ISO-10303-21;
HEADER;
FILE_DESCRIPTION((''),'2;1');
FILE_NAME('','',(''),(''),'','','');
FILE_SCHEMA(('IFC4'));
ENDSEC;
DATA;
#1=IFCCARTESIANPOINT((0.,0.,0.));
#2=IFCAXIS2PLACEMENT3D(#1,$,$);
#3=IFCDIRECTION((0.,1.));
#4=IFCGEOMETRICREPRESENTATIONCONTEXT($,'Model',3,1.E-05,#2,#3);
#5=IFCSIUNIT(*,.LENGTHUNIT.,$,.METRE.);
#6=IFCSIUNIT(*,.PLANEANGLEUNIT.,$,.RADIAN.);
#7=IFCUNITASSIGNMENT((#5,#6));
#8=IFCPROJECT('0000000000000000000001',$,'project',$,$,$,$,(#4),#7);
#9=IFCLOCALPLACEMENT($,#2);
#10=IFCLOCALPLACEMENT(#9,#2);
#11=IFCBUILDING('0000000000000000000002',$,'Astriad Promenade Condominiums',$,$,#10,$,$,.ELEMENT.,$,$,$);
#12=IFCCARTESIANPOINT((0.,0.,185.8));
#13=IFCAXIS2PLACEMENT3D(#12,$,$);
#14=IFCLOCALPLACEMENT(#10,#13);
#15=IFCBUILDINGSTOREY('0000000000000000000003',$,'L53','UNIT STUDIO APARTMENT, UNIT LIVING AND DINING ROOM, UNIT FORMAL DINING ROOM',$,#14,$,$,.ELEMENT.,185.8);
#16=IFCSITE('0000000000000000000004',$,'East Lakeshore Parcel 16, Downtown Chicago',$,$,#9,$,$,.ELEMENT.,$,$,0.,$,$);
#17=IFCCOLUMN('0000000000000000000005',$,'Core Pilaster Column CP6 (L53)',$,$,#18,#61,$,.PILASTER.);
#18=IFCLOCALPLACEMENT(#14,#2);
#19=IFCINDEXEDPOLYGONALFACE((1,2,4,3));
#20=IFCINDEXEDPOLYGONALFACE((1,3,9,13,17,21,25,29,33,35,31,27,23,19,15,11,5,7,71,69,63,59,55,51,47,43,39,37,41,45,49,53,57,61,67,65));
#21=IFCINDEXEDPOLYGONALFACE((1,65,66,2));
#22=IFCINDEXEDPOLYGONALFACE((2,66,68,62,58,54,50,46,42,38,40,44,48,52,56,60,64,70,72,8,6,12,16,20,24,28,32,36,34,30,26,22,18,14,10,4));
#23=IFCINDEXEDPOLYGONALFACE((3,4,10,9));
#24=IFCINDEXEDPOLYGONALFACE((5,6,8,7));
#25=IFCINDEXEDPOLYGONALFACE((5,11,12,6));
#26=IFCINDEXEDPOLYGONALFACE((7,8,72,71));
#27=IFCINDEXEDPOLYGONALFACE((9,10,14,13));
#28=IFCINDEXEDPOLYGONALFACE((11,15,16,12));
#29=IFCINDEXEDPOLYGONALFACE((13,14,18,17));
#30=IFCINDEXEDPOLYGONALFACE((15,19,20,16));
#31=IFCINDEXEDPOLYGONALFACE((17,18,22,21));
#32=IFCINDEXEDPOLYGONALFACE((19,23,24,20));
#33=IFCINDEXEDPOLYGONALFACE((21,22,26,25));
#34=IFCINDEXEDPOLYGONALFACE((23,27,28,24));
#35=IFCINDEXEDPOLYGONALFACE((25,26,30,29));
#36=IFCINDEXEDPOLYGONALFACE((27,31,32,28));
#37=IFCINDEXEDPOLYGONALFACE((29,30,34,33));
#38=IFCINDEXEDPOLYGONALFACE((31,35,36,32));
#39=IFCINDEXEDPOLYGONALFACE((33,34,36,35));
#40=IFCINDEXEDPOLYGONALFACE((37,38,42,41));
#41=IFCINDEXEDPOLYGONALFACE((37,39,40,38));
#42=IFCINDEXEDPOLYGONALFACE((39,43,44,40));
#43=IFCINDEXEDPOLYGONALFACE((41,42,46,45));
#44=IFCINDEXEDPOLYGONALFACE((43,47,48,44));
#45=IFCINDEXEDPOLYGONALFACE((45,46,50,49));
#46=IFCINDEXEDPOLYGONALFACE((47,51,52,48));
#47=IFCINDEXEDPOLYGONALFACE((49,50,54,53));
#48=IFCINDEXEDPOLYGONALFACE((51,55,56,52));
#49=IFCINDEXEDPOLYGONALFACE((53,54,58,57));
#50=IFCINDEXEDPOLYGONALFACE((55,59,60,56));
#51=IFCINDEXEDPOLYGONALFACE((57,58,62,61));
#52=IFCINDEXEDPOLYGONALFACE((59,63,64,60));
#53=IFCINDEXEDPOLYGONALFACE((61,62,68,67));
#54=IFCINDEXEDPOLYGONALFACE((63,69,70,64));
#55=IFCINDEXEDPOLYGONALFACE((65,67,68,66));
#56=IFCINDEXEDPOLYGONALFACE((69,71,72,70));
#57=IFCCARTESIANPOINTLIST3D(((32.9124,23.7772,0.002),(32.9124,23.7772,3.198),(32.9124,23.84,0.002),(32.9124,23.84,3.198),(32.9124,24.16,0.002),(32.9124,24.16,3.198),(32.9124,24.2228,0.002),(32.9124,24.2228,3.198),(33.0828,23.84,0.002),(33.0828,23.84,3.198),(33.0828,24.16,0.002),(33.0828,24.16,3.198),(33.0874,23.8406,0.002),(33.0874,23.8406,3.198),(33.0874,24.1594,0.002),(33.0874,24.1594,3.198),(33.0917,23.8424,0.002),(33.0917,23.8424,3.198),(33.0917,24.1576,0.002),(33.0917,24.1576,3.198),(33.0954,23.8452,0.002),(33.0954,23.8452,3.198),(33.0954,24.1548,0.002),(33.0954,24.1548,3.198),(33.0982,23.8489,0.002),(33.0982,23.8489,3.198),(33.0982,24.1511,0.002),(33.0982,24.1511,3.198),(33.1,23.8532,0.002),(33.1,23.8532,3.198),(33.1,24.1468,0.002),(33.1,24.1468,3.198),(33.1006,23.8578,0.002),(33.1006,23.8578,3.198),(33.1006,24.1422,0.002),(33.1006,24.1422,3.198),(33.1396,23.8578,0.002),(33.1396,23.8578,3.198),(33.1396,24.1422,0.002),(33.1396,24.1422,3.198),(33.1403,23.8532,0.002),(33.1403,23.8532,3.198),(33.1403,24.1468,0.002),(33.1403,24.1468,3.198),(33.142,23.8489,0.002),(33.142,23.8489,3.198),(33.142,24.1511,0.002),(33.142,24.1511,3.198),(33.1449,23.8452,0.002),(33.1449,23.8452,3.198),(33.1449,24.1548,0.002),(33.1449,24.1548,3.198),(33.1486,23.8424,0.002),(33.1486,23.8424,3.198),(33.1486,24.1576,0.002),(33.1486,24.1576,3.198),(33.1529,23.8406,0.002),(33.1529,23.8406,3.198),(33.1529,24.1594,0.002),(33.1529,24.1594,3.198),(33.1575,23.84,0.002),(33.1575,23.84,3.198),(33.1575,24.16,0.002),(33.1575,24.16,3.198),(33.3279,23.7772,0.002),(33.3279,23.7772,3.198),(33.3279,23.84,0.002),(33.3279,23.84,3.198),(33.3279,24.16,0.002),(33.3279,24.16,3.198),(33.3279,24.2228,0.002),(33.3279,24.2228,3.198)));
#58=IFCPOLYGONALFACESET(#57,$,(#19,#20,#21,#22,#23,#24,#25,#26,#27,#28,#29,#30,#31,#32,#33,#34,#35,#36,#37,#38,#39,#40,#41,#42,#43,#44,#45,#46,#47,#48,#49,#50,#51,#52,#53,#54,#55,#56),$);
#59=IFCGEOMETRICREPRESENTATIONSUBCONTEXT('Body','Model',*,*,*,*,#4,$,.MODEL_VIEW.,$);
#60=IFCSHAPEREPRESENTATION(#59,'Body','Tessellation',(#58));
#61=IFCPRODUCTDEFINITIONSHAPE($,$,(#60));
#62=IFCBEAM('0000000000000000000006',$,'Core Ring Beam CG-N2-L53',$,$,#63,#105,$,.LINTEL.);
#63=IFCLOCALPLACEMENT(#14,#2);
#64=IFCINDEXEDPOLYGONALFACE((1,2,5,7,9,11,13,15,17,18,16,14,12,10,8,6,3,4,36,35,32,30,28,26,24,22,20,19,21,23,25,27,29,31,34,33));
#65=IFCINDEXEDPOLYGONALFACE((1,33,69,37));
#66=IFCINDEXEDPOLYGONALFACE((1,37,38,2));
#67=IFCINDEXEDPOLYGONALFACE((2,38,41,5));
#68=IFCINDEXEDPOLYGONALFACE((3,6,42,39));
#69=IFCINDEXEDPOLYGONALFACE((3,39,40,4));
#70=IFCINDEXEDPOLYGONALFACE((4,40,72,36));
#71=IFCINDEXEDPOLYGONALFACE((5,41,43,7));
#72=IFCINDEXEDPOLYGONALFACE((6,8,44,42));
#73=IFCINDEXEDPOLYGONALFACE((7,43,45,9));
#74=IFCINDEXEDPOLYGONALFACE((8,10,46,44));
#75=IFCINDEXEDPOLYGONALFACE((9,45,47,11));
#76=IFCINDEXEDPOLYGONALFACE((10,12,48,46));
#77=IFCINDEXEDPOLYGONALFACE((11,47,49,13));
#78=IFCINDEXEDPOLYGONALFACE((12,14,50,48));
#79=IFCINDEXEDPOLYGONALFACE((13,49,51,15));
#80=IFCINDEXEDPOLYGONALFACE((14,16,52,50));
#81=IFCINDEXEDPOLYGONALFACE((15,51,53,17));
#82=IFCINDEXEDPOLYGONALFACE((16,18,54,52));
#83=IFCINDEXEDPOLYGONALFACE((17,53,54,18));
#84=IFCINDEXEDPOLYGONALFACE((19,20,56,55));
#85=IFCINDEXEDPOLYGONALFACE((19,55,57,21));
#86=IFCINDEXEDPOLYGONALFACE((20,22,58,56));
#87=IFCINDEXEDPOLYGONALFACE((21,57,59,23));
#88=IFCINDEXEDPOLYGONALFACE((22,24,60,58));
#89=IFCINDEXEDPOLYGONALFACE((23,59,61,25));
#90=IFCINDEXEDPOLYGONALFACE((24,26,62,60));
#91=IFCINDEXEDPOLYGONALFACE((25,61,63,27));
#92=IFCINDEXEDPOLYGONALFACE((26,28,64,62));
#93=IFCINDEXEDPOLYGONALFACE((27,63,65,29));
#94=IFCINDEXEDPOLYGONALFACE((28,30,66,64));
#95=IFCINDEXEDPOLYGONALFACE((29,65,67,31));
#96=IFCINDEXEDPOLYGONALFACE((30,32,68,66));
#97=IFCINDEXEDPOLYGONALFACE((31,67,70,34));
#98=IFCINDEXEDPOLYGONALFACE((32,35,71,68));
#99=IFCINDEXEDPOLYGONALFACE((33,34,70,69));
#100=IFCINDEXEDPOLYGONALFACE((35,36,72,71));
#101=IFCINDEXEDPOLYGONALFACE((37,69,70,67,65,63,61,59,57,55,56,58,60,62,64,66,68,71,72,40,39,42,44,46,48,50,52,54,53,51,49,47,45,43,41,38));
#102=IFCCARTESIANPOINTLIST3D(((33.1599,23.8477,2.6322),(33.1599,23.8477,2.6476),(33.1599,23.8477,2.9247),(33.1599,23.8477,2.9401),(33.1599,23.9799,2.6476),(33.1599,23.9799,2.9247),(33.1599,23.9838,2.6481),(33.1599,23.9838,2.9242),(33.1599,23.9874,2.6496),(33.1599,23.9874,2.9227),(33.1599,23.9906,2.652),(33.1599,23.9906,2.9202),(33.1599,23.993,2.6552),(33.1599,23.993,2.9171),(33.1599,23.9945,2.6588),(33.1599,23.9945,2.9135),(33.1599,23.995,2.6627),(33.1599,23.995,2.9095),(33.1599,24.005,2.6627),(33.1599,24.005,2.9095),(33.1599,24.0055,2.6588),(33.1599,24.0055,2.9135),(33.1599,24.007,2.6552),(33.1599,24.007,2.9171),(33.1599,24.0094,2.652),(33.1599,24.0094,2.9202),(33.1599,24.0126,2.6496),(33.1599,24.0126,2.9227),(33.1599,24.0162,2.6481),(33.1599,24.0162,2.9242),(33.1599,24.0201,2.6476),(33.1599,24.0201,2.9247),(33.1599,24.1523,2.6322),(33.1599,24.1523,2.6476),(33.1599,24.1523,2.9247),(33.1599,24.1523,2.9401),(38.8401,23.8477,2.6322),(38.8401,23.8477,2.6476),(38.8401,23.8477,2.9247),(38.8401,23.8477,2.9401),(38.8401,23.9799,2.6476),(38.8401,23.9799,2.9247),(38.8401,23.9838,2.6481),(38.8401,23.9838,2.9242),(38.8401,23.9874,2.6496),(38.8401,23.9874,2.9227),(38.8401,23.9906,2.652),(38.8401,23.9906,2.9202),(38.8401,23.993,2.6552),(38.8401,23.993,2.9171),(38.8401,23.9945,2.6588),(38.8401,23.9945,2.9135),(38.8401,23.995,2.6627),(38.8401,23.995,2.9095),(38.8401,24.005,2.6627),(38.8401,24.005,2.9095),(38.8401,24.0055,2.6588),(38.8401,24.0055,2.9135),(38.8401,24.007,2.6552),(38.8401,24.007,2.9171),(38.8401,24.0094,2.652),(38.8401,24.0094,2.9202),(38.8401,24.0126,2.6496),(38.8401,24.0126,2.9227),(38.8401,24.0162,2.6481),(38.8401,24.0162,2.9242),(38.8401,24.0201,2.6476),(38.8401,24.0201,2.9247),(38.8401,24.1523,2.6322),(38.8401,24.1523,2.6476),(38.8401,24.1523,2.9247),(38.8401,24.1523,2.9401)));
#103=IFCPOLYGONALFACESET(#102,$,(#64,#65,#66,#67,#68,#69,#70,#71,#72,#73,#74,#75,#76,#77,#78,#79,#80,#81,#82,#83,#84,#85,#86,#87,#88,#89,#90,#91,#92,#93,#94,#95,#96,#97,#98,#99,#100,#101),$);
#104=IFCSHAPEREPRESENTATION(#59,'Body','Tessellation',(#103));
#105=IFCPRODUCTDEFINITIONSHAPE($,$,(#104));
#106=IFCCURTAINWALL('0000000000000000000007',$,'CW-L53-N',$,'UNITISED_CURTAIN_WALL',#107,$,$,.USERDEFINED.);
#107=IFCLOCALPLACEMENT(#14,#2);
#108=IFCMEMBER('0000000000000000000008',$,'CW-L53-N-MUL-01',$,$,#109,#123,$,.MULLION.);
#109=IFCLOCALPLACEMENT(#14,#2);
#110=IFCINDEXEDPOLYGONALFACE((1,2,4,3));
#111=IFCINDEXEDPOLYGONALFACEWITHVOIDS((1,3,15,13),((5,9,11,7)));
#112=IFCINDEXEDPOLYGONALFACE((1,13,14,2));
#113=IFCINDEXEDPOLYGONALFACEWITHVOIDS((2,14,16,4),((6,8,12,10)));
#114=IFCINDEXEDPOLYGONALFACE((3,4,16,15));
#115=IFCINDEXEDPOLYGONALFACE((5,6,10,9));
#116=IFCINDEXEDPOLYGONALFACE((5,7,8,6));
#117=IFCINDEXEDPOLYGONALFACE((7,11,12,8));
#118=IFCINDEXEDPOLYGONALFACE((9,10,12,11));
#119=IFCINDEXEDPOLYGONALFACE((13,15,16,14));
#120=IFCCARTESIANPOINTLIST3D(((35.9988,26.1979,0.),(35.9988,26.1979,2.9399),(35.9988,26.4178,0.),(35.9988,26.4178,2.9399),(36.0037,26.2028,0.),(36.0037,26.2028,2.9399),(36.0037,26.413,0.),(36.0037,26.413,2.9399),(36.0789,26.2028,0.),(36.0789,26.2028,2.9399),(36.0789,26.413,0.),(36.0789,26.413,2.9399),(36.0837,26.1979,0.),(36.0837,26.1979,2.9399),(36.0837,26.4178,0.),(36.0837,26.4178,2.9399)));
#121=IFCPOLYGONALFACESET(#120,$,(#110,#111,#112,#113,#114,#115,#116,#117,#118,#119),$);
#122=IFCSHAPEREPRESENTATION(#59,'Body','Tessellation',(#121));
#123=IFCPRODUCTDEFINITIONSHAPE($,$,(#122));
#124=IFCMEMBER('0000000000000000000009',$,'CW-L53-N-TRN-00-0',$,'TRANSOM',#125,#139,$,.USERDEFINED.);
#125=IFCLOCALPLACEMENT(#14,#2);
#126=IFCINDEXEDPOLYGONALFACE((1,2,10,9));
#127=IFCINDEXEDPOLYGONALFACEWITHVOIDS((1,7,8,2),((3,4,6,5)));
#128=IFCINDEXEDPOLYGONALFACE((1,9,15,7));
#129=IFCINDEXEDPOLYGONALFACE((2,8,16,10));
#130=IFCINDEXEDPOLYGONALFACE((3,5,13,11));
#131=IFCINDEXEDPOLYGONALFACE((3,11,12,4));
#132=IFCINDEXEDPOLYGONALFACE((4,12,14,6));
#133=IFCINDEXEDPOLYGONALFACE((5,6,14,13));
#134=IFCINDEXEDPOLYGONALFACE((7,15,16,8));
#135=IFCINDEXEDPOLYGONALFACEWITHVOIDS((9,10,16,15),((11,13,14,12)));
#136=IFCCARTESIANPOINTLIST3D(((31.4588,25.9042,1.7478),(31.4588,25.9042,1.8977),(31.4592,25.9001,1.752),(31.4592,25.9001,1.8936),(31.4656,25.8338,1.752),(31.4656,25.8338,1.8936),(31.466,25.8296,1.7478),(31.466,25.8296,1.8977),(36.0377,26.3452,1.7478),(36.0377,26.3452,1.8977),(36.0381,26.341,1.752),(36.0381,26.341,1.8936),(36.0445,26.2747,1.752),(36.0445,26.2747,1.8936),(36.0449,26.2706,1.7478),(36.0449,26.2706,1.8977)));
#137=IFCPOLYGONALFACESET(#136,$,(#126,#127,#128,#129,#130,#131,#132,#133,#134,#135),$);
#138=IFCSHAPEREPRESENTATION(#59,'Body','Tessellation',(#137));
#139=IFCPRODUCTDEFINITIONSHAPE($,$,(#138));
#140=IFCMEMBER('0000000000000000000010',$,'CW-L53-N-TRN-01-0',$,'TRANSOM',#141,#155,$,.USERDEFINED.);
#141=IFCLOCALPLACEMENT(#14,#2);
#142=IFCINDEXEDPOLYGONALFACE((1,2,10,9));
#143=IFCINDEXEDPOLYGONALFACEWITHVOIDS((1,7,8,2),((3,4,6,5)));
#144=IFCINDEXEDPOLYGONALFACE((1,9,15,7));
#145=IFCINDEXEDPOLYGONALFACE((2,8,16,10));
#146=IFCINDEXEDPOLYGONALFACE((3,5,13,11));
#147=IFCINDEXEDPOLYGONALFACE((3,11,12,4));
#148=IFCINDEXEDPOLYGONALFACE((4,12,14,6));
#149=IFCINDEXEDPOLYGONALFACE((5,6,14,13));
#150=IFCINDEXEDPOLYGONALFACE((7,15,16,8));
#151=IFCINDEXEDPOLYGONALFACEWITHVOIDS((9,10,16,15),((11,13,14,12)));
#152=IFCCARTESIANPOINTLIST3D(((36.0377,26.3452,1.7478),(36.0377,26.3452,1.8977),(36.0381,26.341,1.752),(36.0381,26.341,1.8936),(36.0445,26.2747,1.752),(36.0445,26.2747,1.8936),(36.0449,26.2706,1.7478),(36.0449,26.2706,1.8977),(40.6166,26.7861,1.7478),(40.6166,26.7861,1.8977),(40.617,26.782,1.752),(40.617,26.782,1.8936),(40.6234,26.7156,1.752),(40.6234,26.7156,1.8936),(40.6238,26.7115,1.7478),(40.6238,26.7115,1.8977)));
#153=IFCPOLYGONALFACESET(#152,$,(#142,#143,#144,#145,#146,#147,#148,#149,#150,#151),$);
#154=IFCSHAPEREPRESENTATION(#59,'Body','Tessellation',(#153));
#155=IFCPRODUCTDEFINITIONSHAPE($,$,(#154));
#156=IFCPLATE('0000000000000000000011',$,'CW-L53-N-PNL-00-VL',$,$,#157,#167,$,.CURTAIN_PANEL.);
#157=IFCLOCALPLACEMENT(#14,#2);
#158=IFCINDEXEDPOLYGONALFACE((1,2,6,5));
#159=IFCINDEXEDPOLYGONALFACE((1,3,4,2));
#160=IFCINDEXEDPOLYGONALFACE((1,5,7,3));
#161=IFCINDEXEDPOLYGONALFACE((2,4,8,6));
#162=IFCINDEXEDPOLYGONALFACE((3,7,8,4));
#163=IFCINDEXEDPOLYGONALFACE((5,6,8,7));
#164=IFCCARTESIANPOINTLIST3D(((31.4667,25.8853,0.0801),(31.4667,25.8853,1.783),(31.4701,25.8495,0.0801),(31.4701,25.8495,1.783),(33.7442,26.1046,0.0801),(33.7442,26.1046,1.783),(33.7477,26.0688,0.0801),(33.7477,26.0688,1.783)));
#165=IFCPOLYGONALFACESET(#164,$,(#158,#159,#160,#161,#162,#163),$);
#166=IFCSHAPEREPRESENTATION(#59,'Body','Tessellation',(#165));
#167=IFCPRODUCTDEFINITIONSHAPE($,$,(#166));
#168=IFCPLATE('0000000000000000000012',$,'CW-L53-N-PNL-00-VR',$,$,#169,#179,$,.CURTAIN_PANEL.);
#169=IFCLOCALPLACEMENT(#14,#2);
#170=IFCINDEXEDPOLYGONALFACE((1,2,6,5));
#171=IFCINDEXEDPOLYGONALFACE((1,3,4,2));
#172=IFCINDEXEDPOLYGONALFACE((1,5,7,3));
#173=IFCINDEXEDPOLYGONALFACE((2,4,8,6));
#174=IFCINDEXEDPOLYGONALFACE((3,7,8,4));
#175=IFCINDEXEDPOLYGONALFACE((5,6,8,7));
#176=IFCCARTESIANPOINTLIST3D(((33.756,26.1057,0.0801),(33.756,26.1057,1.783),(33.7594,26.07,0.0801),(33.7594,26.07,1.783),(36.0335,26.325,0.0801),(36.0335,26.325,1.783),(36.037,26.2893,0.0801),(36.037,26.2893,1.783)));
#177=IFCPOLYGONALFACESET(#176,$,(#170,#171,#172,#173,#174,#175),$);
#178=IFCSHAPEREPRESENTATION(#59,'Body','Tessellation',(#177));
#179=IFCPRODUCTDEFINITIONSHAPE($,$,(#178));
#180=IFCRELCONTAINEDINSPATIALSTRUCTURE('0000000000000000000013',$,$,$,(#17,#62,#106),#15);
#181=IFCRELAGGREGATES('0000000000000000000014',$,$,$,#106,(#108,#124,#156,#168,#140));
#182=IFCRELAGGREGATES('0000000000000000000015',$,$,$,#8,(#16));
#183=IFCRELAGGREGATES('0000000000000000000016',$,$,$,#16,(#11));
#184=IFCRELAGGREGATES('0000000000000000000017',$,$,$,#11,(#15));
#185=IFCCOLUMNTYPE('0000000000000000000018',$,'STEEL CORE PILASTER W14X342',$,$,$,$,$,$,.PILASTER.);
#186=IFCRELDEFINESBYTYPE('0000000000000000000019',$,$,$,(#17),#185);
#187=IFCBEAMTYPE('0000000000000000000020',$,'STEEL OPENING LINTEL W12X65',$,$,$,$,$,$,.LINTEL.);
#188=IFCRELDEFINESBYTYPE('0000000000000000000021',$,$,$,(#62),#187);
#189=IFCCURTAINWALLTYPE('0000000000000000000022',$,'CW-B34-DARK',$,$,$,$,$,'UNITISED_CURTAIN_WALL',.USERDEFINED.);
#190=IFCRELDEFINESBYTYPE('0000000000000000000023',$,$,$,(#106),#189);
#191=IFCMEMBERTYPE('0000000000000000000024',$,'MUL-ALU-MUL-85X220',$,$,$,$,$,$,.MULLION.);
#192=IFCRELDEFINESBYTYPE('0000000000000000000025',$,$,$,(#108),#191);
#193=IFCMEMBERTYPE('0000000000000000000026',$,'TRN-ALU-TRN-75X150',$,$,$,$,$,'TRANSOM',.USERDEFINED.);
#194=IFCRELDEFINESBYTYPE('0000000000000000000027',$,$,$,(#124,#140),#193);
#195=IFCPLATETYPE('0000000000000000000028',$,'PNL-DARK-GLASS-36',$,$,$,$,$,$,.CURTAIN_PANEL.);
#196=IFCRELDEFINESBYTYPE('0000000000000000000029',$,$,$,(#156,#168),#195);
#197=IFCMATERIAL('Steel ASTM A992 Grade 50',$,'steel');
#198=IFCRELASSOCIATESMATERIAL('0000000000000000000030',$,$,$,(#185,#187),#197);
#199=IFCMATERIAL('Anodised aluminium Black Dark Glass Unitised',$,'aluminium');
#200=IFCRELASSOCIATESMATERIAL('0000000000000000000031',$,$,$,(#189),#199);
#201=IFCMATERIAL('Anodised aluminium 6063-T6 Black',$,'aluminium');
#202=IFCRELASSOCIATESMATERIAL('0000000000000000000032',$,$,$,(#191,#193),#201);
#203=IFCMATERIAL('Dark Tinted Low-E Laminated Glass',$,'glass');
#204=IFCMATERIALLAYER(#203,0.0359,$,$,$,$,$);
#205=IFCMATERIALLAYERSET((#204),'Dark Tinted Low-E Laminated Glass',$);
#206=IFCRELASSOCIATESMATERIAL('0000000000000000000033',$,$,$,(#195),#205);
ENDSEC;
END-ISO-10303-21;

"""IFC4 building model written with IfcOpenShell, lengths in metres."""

from ifc_helpers import new_model, si_unit, direction, frame, origin, origin_2d, place, context, subcontext, project, spatial, rectangle, hollow_rectangle, i_section, extrude, source, transform, mapped, material, layer, layer_set, material_profile, profile_set, type_object, type_shapes, element, aggregate, save


model = new_model("IFC4")

# Units and contexts
model_context = context("Model", 3, precision=1e-05, world=origin(), true_north=direction((0.0, 1.0)))
body_context = subcontext(model_context, "Body", "Model", "MODEL_VIEW")
ifc_project = project(units=[si_unit("LENGTHUNIT", "METRE"), si_unit("PLANEANGLEUNIT", "RADIAN")], contexts=[model_context])

# Site, building, storey
site_placement = place(None, origin())
site = spatial("IfcSite", under=ifc_project, at=site_placement, Name="East Lakeshore Parcel 16, Downtown Chicago", CompositionType="ELEMENT", RefElevation=0.0)
building_placement = place(site_placement, origin())
building = spatial("IfcBuilding", under=site, at=building_placement, Name="Astriad Promenade Condominiums", CompositionType="ELEMENT")
storey_placement = place(building_placement, frame((0.0, 0.0, 185.8)))
storey = spatial("IfcBuildingStorey", under=building, at=storey_placement, Name="L53", Description="UNIT STUDIO APARTMENT, UNIT LIVING AND DINING ROOM, UNIT FORMAL DINING ROOM", CompositionType="ELEMENT", Elevation=185.8)

# Column
ifc_material_1 = material(Name="Steel ASTM A992 Grade 50", Category="steel")
ifc_material_profile_1 = material_profile(ifc_material_1, i_section(OverallWidth=0.4155, OverallDepth=0.4456, WebThickness=0.0391, FlangeThickness=0.0627, FilletRadius=0.0178, at=origin_2d()), Name="W14X342")
ifc_profile_set_1 = profile_set([ifc_material_profile_1], Name="Steel ASTM A992 Grade 50")
column_type = type_object("IfcColumnType", Name="STEEL CORE PILASTER W14X342", PredefinedType="PILASTER", material=ifc_profile_set_1)
shared_shape_1 = source(origin(), body_context, "Body", "SweptSolid", [
    extrude(i_section(OverallWidth=0.4155, OverallDepth=0.4456, WebThickness=0.0391, FlangeThickness=0.0627, FilletRadius=0.0178, at=origin_2d()), origin(), (0.0, 0.0, 1.0), 3.196),
])
type_shapes(column_type, [shared_shape_1])
column_placement = place(storey_placement, frame((33.1201, 24.0, 0.002), z_axis=(0.0, 0.0, 1.0), x_axis=(1.0, 0.0, 0.0)))
element("IfcColumn", 1, at=column_placement, inside=storey, type_object=column_type, Name="Core Pilaster Column CP6 (L53)", PredefinedType="PILASTER", context=body_context, shape_type="MappedRepresentation", body=[
    mapped(shared_shape_1, transform((0.0, 0.0, 0.0), scale=1.0)),
])

# Beam
ifc_material_profile_2 = material_profile(ifc_material_1, i_section(OverallWidth=0.3047, OverallDepth=0.3079, WebThickness=0.01, FlangeThickness=0.0154, FilletRadius=0.0151, at=origin_2d()), Name="W12X65")
ifc_profile_set_2 = profile_set([ifc_material_profile_2], Name="Steel ASTM A992 Grade 50")
beam_type = type_object("IfcBeamType", Name="STEEL OPENING LINTEL W12X65", PredefinedType="LINTEL", material=ifc_profile_set_2)
shared_shape_2 = source(origin(), body_context, "Body", "SweptSolid", [
    extrude(i_section(OverallWidth=0.3047, OverallDepth=0.3079, WebThickness=0.01, FlangeThickness=0.0154, FilletRadius=0.0151, at=origin_2d()), origin(), (0.0, 0.0, 1.0), 5.6802),
])
type_shapes(beam_type, [shared_shape_2])
beam_placement = place(storey_placement, frame((33.1599, 24.0, 2.7861), z_axis=(1.0, 0.0, 0.0), x_axis=(0.0, 1.0, 0.0)))
element("IfcBeam", 2, at=beam_placement, inside=storey, type_object=beam_type, Name="Core Ring Beam CG-N2-L53", PredefinedType="LINTEL", context=body_context, shape_type="MappedRepresentation", body=[
    mapped(shared_shape_2, transform((0.0, 0.0, 0.0), scale=1.0)),
])

# Curtain wall, members, plates
ifc_material_2 = material(Name="Anodised aluminium Black Dark Glass Unitised", Category="aluminium")
curtain_wall_type = type_object("IfcCurtainWallType", Name="CW-B34-DARK", ElementType="UNITISED_CURTAIN_WALL", PredefinedType="USERDEFINED", material=ifc_material_2)
curtain_wall_placement = place(storey_placement, origin())
curtain_wall = element("IfcCurtainWall", 3, at=curtain_wall_placement, inside=storey, type_object=curtain_wall_type, Name="CW-L53-N", ObjectType="UNITISED_CURTAIN_WALL", PredefinedType="USERDEFINED")
ifc_material_3 = material(Name="Anodised aluminium 6063-T6 Black", Category="aluminium")
ifc_material_profile_3 = material_profile(ifc_material_3, hollow_rectangle(XDim=0.085, YDim=0.22, WallThickness=0.0049, at=origin_2d()), Name="ALU-MUL-85X220")
ifc_profile_set_3 = profile_set([ifc_material_profile_3], Name="Anodised aluminium 6063-T6 Black")
member_type_1 = type_object("IfcMemberType", Name="MUL-ALU-MUL-85X220", PredefinedType="MULLION", material=ifc_profile_set_3)
shared_shape_3 = source(origin(), body_context, "Body", "SweptSolid", [
    extrude(hollow_rectangle(XDim=0.085, YDim=0.22, WallThickness=0.0049, at=origin_2d()), origin(), (0.0, 0.0, 1.0), 2.9399),
])
type_shapes(member_type_1, [shared_shape_3])
member_1_placement = place(storey_placement, frame((36.0413, 26.3079, 0.0), z_axis=(0.0, 0.0, 1.0), x_axis=(1.0, 0.0, 0.0)))
member_1 = element("IfcMember", 4, at=member_1_placement, type_object=member_type_1, Name="CW-L53-N-MUL-01", PredefinedType="MULLION", context=body_context, shape_type="MappedRepresentation", body=[
    mapped(shared_shape_3, transform((0.0, 0.0, 0.0), scale=1.0)),
])
ifc_material_profile_4 = material_profile(ifc_material_3, hollow_rectangle(XDim=0.075, YDim=0.1499, WallThickness=0.0042, at=origin_2d()), Name="ALU-TRN-75X150")
ifc_profile_set_4 = profile_set([ifc_material_profile_4], Name="Anodised aluminium 6063-T6 Black")
member_type_2 = type_object("IfcMemberType", Name="TRN-ALU-TRN-75X150", ElementType="TRANSOM", PredefinedType="USERDEFINED", material=ifc_profile_set_4)
shared_shape_4 = source(origin(), body_context, "Body", "SweptSolid", [
    extrude(hollow_rectangle(XDim=0.075, YDim=0.1499, WallThickness=0.0042, at=origin_2d()), origin(), (0.0, 0.0, 1.0), 4.6001),
])
type_shapes(member_type_2, [shared_shape_4])
member_2_placement = place(storey_placement, frame((31.4624, 25.8669, 1.8228), z_axis=(0.995396, 0.095851, 0.0), x_axis=(-0.095851, 0.995396, 0.0)))
member_2 = element("IfcMember", 5, at=member_2_placement, type_object=member_type_2, Name="CW-L53-N-TRN-00-0", ObjectType="TRANSOM", PredefinedType="USERDEFINED", context=body_context, shape_type="MappedRepresentation", body=[
    mapped(shared_shape_4, transform((0.0, 0.0, 0.0), scale=1.0)),
])
member_3_placement = place(storey_placement, frame((36.0413, 26.3079, 1.8228), z_axis=(0.995396, 0.095851, 0.0), x_axis=(-0.095851, 0.995396, 0.0)))
member_3 = element("IfcMember", 6, at=member_3_placement, type_object=member_type_2, Name="CW-L53-N-TRN-01-0", ObjectType="TRANSOM", PredefinedType="USERDEFINED", context=body_context, shape_type="MappedRepresentation", body=[
    mapped(shared_shape_4, transform((0.0, 0.0, 0.0), scale=1.0)),
])
ifc_material_4 = material(Name="Dark Tinted Low-E Laminated Glass", Category="glass")
ifc_layer_1 = layer(ifc_material_4, 0.0359)
ifc_layer_set_1 = layer_set([ifc_layer_1], Name="Dark Tinted Low-E Laminated Glass")
plate_type = type_object("IfcPlateType", Name="PNL-DARK-GLASS-36", PredefinedType="CURTAIN_PANEL", material=ifc_layer_set_1)
shared_shape_5 = source(origin(), body_context, "Body", "SweptSolid", [
    extrude(rectangle(XDim=2.2881, YDim=0.0359, at=origin_2d()), origin(), (0.0, 0.0, 1.0), 1.7029),
])
plate_1_placement = place(storey_placement, frame((32.6072, 25.9771, 0.0801), z_axis=(0.0, 0.0, 1.0), x_axis=(0.995396, 0.095846, 0.0)))
plate_1 = element("IfcPlate", 7, at=plate_1_placement, type_object=plate_type, Name="CW-L53-N-PNL-00-VL", PredefinedType="CURTAIN_PANEL", context=body_context, shape_type="MappedRepresentation", body=[
    mapped(shared_shape_5, transform((0.0, 0.0, 0.0), scale=1.0)),
])
plate_2_placement = place(storey_placement, frame((34.8965, 26.1975, 0.0801), z_axis=(0.0, 0.0, 1.0), x_axis=(0.995396, 0.095846, 0.0)))
plate_2 = element("IfcPlate", 8, at=plate_2_placement, type_object=plate_type, Name="CW-L53-N-PNL-00-VR", PredefinedType="CURTAIN_PANEL", context=body_context, shape_type="MappedRepresentation", body=[
    mapped(shared_shape_5, transform((0.0, 0.0, 0.0), scale=1.0)),
])
aggregate(curtain_wall, [member_1, member_2, plate_1, plate_2, member_3])

save(model, "model.ifc")
